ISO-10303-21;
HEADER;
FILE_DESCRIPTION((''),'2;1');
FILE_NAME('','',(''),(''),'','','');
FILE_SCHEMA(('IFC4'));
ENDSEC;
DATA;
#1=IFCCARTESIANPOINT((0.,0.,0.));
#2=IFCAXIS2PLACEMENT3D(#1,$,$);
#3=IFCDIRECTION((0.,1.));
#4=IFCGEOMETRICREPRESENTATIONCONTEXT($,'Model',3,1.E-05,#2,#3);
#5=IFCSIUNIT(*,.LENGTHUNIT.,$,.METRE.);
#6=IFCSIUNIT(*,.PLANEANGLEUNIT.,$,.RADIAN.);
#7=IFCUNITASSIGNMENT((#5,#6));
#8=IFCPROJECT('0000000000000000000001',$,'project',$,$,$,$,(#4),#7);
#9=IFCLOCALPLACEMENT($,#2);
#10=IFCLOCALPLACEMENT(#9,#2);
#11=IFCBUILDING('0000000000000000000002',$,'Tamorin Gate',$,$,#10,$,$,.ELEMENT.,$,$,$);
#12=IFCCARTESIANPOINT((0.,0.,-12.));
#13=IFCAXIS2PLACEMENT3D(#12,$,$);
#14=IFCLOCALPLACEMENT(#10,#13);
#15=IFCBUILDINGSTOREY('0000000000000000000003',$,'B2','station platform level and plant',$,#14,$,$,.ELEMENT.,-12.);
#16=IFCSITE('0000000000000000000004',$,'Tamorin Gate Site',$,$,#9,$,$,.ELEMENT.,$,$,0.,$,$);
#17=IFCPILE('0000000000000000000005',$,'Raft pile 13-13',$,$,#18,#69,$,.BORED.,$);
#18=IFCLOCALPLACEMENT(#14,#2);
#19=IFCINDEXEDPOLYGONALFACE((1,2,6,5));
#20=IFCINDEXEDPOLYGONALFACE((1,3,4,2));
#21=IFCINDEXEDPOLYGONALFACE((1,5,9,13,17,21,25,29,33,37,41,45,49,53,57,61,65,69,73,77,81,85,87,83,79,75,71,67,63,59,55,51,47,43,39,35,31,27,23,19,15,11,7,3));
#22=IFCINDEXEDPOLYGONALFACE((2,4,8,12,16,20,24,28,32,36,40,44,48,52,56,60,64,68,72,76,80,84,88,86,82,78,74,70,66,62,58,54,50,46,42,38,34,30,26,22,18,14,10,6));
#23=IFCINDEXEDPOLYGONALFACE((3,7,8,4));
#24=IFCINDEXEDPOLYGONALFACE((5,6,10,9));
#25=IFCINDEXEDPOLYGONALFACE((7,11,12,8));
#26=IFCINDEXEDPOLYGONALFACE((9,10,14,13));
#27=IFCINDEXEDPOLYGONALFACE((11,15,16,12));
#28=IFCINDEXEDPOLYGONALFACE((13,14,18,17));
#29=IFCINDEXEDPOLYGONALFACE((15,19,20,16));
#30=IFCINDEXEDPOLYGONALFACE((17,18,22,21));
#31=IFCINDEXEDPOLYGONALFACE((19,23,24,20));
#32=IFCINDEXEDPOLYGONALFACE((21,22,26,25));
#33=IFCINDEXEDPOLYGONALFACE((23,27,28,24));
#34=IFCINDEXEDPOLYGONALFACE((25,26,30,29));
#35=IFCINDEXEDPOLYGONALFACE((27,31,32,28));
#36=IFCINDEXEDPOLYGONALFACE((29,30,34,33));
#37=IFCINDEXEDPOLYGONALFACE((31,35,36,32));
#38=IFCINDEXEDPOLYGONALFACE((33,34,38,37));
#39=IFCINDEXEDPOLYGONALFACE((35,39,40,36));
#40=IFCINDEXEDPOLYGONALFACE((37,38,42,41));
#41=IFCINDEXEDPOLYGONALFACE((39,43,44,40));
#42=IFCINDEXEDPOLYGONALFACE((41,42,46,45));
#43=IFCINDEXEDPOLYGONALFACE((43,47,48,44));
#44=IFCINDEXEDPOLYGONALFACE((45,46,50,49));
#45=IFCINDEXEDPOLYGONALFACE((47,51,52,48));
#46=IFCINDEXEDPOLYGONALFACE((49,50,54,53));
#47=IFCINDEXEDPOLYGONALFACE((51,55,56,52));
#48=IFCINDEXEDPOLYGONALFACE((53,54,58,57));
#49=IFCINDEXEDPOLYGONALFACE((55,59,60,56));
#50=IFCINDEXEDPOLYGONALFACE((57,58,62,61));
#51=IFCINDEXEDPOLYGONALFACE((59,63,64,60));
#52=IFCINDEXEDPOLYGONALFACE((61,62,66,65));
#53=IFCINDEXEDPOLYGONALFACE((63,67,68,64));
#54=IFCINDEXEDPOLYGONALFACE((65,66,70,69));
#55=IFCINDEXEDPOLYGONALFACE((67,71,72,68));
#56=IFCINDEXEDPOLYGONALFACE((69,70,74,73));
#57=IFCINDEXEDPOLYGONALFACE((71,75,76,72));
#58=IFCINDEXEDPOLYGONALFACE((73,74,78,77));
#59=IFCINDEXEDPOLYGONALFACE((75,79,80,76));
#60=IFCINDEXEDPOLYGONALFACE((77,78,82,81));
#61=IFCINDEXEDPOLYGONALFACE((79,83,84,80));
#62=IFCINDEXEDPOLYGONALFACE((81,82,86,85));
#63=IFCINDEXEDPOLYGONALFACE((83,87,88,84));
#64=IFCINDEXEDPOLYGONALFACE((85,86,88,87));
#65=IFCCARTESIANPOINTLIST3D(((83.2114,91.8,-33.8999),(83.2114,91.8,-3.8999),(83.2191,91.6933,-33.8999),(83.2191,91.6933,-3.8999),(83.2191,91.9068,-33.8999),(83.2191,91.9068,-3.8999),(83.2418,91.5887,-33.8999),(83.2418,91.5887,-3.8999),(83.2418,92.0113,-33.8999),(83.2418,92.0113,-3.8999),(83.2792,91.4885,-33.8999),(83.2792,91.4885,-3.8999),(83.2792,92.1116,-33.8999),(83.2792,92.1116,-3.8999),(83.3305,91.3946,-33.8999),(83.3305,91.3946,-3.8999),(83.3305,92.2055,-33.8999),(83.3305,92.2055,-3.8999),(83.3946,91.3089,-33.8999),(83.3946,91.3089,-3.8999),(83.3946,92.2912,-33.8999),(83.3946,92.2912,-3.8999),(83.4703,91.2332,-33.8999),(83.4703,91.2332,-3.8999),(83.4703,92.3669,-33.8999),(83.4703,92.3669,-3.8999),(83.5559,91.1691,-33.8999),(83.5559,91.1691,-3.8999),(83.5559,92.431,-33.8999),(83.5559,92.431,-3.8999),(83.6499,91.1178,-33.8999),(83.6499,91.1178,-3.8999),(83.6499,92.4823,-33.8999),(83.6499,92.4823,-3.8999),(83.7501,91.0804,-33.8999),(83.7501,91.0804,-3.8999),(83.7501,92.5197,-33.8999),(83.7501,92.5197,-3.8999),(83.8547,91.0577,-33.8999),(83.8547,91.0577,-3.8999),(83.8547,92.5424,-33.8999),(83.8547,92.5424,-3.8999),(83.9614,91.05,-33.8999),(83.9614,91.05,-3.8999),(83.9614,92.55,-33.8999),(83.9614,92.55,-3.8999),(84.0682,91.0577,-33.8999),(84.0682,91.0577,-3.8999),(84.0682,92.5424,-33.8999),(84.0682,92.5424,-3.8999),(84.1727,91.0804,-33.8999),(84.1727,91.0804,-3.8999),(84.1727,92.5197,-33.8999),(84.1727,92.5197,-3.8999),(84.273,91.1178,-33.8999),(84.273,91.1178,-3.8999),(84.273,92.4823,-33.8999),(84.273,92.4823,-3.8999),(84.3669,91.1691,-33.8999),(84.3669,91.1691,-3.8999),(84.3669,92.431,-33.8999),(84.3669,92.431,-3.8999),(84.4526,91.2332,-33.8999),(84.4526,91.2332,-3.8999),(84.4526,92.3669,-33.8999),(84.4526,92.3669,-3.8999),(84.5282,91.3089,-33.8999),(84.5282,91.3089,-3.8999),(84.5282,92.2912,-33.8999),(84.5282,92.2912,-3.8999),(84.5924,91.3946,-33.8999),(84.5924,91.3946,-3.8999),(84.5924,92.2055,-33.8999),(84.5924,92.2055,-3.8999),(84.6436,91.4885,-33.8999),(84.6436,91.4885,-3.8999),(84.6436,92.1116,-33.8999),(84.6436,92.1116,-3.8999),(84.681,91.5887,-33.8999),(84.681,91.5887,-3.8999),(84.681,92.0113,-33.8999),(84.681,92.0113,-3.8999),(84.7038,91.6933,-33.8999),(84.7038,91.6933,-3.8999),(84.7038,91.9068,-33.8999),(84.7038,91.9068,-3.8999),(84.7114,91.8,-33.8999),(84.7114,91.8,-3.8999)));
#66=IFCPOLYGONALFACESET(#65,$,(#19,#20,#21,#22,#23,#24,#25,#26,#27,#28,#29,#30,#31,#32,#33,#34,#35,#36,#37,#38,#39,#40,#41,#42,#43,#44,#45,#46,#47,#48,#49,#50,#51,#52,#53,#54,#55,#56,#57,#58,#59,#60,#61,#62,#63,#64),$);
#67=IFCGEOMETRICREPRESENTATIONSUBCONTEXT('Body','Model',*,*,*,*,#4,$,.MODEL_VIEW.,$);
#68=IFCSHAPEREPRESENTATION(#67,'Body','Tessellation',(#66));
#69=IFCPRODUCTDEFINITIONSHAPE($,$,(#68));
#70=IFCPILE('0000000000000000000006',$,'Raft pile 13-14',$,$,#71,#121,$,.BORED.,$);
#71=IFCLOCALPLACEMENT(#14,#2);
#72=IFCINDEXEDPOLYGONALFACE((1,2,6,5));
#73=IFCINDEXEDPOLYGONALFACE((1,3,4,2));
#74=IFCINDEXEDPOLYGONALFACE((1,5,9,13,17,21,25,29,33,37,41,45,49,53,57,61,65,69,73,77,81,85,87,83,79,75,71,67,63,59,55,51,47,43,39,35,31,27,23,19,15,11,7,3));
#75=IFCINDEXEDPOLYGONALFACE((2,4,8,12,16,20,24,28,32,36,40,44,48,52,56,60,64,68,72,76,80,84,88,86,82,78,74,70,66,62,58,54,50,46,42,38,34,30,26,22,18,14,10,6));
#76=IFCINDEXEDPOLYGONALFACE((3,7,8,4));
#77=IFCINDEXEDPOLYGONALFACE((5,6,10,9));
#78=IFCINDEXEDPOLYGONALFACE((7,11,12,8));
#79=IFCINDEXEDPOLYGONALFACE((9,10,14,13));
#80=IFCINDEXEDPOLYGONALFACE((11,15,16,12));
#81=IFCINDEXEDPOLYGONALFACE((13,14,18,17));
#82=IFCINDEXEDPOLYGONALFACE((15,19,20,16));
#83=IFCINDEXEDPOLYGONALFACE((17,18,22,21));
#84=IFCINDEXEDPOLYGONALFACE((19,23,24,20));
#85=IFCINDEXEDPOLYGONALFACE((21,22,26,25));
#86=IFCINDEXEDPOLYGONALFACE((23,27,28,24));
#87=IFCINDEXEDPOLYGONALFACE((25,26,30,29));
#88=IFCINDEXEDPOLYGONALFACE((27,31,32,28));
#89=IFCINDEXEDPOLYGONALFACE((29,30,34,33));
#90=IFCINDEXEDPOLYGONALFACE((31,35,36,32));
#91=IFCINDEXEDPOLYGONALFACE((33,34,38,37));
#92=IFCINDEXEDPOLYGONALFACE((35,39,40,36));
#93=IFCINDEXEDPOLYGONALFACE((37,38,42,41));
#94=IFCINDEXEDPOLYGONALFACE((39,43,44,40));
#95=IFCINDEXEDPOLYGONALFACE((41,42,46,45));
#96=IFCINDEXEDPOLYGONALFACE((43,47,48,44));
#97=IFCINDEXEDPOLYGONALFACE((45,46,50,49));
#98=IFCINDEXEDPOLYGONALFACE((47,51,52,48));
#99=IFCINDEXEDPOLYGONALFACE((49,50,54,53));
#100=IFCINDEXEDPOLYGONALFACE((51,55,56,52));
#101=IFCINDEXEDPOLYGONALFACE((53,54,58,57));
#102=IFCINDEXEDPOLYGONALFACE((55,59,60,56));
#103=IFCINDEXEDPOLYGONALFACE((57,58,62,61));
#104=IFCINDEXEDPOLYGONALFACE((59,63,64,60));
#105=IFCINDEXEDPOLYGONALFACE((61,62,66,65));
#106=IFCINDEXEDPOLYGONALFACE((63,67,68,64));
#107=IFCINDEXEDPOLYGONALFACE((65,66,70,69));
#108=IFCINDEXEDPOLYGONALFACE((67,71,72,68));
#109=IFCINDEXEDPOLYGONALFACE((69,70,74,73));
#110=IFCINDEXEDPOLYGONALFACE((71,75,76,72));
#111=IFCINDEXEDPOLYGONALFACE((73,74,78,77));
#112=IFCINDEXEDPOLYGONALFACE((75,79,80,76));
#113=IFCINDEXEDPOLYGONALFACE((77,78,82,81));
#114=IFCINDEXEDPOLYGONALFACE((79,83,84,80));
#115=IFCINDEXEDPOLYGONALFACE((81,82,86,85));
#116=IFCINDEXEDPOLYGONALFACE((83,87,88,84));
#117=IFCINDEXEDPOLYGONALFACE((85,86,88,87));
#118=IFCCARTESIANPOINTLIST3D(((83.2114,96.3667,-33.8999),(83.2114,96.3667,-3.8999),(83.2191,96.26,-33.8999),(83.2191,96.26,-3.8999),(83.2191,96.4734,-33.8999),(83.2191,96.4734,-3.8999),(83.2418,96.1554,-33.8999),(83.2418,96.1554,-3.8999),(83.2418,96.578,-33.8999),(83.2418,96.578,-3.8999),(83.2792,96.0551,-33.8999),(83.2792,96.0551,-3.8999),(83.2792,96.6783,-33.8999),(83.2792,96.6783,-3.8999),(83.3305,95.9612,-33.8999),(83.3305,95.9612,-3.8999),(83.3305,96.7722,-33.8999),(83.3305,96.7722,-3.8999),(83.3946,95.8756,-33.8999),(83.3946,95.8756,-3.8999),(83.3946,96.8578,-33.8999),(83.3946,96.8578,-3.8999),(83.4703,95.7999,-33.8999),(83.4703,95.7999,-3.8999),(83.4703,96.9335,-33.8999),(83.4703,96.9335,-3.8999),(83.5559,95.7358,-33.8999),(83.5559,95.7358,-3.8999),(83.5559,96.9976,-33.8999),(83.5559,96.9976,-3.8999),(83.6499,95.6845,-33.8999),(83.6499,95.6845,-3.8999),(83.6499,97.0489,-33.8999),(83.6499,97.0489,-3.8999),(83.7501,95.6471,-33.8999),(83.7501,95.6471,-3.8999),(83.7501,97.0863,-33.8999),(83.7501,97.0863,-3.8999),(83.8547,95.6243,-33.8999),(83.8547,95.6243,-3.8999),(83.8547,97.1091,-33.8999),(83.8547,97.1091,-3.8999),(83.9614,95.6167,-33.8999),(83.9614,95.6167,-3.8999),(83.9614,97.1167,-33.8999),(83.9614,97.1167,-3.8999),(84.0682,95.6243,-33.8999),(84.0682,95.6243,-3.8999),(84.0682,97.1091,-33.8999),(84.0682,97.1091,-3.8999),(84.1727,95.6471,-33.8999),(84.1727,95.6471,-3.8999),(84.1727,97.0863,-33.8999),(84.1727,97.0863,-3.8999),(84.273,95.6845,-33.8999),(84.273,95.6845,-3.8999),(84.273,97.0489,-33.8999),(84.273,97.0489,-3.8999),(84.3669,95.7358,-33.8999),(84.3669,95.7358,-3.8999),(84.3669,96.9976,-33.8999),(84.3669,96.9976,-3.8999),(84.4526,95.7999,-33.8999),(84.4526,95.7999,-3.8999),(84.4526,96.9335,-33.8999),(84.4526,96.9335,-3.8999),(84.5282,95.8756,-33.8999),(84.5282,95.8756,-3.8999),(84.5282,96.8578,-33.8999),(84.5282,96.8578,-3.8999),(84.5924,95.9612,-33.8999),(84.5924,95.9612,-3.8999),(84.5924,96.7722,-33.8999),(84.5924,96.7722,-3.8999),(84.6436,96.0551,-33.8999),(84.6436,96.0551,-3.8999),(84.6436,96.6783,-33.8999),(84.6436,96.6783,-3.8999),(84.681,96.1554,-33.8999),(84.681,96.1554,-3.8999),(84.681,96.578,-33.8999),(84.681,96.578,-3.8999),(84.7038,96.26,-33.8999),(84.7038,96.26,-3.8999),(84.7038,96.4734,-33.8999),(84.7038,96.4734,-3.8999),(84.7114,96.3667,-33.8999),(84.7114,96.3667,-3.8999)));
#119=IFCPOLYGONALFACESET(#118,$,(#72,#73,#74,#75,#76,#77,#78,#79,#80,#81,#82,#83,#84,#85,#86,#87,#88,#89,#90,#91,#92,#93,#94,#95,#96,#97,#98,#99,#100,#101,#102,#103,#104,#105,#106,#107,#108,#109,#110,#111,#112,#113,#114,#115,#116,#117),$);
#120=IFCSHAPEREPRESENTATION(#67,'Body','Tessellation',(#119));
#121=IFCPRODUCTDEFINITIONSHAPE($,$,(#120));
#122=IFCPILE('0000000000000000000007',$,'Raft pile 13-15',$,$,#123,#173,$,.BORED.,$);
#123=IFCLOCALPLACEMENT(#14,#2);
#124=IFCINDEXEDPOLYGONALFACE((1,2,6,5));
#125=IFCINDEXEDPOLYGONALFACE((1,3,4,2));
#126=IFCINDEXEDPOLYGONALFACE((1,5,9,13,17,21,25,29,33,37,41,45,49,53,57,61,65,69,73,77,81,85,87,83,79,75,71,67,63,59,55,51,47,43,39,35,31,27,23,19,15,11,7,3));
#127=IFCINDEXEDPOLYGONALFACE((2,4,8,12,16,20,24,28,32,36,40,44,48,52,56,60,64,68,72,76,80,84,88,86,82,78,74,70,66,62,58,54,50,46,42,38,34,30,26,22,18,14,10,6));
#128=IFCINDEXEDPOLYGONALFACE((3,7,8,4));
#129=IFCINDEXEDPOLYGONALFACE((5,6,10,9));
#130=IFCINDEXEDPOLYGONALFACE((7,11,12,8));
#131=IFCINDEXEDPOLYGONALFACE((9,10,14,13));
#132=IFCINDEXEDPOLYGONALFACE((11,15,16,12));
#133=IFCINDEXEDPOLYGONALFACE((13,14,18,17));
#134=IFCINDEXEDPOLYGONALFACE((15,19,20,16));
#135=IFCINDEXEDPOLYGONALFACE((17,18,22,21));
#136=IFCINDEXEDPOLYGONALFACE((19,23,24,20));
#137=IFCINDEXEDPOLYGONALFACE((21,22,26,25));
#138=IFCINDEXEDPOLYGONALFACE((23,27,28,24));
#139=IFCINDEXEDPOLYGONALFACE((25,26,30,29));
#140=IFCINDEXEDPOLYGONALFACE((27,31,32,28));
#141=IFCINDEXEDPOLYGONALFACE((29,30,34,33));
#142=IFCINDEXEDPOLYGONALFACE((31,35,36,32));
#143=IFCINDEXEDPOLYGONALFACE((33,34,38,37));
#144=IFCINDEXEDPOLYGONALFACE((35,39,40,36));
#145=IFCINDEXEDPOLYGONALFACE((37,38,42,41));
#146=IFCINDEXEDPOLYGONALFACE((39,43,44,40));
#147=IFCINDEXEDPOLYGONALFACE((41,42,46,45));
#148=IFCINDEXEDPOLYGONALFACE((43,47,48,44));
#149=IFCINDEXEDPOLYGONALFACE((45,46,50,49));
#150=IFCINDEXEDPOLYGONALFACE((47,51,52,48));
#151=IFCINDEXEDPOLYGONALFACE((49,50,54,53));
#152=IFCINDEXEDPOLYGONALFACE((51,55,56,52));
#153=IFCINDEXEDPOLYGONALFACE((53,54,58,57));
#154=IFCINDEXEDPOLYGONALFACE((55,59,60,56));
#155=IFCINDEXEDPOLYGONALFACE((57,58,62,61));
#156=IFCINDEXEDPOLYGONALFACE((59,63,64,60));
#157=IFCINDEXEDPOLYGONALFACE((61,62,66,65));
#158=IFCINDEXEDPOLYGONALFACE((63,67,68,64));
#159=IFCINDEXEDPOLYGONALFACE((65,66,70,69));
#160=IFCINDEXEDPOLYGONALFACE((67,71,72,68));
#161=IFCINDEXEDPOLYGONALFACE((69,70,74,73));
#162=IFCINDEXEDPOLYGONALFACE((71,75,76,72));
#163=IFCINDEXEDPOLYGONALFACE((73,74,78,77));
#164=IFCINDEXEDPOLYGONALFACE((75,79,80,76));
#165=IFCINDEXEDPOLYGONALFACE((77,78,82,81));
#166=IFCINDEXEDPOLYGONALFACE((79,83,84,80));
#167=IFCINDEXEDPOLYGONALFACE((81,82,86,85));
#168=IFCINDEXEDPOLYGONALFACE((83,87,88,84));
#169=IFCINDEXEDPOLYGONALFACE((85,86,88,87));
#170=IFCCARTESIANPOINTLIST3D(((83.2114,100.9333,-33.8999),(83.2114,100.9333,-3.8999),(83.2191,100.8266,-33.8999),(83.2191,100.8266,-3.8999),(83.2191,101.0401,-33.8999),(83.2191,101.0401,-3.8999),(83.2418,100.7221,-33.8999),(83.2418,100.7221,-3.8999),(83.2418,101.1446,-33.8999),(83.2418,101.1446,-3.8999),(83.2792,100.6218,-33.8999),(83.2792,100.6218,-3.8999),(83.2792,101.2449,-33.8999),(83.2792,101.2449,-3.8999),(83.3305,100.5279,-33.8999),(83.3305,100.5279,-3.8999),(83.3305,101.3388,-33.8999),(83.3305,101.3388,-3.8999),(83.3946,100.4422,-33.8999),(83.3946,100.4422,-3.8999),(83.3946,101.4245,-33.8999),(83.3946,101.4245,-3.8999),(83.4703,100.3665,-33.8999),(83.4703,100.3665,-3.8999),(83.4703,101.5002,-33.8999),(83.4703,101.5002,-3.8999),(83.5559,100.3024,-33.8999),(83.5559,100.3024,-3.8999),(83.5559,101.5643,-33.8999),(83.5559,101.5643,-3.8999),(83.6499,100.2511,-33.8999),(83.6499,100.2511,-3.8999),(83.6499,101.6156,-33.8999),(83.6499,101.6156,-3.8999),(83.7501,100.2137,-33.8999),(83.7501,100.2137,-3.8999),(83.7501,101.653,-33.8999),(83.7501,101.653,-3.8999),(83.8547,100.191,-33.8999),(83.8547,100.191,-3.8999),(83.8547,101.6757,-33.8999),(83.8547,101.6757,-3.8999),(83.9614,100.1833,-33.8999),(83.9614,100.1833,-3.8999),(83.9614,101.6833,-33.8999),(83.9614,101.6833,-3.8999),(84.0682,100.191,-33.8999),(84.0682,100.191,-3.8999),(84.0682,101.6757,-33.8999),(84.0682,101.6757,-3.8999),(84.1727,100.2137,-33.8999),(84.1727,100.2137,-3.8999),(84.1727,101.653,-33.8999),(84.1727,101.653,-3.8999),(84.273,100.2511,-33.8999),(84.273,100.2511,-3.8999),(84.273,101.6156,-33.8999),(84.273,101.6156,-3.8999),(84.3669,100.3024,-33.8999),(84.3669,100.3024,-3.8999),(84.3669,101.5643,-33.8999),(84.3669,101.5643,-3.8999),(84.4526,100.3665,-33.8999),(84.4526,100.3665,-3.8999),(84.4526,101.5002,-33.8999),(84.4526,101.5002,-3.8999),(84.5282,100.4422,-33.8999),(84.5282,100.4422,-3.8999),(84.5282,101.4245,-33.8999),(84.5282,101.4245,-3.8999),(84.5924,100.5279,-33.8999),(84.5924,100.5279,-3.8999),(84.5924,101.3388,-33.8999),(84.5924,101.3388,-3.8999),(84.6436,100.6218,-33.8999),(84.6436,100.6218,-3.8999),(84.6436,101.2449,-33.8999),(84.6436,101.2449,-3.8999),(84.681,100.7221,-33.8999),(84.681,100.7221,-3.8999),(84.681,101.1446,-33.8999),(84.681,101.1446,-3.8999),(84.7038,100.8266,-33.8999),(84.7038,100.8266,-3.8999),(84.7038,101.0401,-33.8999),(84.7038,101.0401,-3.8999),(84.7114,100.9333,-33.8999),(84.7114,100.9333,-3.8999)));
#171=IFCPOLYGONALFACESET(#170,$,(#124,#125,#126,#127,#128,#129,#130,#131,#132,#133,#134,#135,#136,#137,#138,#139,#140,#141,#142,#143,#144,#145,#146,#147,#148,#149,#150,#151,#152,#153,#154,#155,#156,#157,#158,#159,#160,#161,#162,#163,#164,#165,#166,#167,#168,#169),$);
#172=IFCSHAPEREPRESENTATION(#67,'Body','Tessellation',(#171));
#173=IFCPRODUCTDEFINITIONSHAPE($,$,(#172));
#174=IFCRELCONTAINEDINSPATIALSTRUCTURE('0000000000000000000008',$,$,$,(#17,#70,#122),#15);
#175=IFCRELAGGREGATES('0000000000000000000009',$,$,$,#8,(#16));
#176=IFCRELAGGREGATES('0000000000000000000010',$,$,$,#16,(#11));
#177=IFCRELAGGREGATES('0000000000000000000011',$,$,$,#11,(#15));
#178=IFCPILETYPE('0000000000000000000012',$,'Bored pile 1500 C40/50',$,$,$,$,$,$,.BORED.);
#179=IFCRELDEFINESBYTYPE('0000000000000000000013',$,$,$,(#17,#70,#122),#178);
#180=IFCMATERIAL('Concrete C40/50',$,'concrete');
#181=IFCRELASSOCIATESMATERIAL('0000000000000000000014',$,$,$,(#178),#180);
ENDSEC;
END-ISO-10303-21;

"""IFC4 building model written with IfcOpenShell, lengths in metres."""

from ifc_helpers import new_model, si_unit, direction, frame, origin, origin_2d, place, context, subcontext, project, spatial, circle, extrude, material, material_profile, profile_set, type_object, element, save


model = new_model("IFC4")

# Units and contexts
model_context = context("Model", 3, precision=1e-05, world=origin(), true_north=direction((0.0, 1.0)))
body_context = subcontext(model_context, "Body", "Model", "MODEL_VIEW")
ifc_project = project(units=[si_unit("LENGTHUNIT", "METRE"), si_unit("PLANEANGLEUNIT", "RADIAN")], contexts=[model_context])

# Site, building, storey
site_placement = place(None, origin())
site = spatial("IfcSite", under=ifc_project, at=site_placement, Name="Tamorin Gate Site", CompositionType="ELEMENT", RefElevation=0.0)
building_placement = place(site_placement, origin())
building = spatial("IfcBuilding", under=site, at=building_placement, Name="Tamorin Gate", CompositionType="ELEMENT")
storey_placement = place(building_placement, frame((0.0, 0.0, -12.0)))
storey = spatial("IfcBuildingStorey", under=building, at=storey_placement, Name="B2", Description="station platform level and plant", CompositionType="ELEMENT", Elevation=-12.0)

# Piles
ifc_material_1 = material(Name="Concrete C40/50", Category="concrete")
ifc_material_profile_1 = material_profile(ifc_material_1, circle(Radius=0.75, at=origin_2d()))
ifc_profile_set_1 = profile_set([ifc_material_profile_1], Name="Concrete C40/50")
pile_type = type_object("IfcPileType", Name="Bored pile 1500 C40/50", PredefinedType="BORED", material=ifc_profile_set_1)
for number, where, z_axis, x_axis, name in (
    (1, (83.9614, 91.8, -3.8999), (0.0, 0.0, -1.0), (1.0, 0.0, 0.0), "Raft pile 13-13"),
    (2, (83.9614, 96.3667, -3.8999), (0.0, 0.0, -1.0), (1.0, 0.0, 0.0), "Raft pile 13-14"),
    (3, (83.9614, 100.9333, -3.8999), (0.0, 0.0, -1.0), (1.0, 0.0, 0.0), "Raft pile 13-15"),
):
    element("IfcPile", number, at=place(storey_placement, frame(where, z_axis=z_axis, x_axis=x_axis)), inside=storey, type_object=pile_type, Name=name, PredefinedType="BORED", context=body_context, shape_type="SweptSolid", body=[
        extrude(circle(Radius=0.75, at=origin_2d()), origin(), (0.0, 0.0, 1.0), 30.0),
    ])

save(model, "model.ifc")
